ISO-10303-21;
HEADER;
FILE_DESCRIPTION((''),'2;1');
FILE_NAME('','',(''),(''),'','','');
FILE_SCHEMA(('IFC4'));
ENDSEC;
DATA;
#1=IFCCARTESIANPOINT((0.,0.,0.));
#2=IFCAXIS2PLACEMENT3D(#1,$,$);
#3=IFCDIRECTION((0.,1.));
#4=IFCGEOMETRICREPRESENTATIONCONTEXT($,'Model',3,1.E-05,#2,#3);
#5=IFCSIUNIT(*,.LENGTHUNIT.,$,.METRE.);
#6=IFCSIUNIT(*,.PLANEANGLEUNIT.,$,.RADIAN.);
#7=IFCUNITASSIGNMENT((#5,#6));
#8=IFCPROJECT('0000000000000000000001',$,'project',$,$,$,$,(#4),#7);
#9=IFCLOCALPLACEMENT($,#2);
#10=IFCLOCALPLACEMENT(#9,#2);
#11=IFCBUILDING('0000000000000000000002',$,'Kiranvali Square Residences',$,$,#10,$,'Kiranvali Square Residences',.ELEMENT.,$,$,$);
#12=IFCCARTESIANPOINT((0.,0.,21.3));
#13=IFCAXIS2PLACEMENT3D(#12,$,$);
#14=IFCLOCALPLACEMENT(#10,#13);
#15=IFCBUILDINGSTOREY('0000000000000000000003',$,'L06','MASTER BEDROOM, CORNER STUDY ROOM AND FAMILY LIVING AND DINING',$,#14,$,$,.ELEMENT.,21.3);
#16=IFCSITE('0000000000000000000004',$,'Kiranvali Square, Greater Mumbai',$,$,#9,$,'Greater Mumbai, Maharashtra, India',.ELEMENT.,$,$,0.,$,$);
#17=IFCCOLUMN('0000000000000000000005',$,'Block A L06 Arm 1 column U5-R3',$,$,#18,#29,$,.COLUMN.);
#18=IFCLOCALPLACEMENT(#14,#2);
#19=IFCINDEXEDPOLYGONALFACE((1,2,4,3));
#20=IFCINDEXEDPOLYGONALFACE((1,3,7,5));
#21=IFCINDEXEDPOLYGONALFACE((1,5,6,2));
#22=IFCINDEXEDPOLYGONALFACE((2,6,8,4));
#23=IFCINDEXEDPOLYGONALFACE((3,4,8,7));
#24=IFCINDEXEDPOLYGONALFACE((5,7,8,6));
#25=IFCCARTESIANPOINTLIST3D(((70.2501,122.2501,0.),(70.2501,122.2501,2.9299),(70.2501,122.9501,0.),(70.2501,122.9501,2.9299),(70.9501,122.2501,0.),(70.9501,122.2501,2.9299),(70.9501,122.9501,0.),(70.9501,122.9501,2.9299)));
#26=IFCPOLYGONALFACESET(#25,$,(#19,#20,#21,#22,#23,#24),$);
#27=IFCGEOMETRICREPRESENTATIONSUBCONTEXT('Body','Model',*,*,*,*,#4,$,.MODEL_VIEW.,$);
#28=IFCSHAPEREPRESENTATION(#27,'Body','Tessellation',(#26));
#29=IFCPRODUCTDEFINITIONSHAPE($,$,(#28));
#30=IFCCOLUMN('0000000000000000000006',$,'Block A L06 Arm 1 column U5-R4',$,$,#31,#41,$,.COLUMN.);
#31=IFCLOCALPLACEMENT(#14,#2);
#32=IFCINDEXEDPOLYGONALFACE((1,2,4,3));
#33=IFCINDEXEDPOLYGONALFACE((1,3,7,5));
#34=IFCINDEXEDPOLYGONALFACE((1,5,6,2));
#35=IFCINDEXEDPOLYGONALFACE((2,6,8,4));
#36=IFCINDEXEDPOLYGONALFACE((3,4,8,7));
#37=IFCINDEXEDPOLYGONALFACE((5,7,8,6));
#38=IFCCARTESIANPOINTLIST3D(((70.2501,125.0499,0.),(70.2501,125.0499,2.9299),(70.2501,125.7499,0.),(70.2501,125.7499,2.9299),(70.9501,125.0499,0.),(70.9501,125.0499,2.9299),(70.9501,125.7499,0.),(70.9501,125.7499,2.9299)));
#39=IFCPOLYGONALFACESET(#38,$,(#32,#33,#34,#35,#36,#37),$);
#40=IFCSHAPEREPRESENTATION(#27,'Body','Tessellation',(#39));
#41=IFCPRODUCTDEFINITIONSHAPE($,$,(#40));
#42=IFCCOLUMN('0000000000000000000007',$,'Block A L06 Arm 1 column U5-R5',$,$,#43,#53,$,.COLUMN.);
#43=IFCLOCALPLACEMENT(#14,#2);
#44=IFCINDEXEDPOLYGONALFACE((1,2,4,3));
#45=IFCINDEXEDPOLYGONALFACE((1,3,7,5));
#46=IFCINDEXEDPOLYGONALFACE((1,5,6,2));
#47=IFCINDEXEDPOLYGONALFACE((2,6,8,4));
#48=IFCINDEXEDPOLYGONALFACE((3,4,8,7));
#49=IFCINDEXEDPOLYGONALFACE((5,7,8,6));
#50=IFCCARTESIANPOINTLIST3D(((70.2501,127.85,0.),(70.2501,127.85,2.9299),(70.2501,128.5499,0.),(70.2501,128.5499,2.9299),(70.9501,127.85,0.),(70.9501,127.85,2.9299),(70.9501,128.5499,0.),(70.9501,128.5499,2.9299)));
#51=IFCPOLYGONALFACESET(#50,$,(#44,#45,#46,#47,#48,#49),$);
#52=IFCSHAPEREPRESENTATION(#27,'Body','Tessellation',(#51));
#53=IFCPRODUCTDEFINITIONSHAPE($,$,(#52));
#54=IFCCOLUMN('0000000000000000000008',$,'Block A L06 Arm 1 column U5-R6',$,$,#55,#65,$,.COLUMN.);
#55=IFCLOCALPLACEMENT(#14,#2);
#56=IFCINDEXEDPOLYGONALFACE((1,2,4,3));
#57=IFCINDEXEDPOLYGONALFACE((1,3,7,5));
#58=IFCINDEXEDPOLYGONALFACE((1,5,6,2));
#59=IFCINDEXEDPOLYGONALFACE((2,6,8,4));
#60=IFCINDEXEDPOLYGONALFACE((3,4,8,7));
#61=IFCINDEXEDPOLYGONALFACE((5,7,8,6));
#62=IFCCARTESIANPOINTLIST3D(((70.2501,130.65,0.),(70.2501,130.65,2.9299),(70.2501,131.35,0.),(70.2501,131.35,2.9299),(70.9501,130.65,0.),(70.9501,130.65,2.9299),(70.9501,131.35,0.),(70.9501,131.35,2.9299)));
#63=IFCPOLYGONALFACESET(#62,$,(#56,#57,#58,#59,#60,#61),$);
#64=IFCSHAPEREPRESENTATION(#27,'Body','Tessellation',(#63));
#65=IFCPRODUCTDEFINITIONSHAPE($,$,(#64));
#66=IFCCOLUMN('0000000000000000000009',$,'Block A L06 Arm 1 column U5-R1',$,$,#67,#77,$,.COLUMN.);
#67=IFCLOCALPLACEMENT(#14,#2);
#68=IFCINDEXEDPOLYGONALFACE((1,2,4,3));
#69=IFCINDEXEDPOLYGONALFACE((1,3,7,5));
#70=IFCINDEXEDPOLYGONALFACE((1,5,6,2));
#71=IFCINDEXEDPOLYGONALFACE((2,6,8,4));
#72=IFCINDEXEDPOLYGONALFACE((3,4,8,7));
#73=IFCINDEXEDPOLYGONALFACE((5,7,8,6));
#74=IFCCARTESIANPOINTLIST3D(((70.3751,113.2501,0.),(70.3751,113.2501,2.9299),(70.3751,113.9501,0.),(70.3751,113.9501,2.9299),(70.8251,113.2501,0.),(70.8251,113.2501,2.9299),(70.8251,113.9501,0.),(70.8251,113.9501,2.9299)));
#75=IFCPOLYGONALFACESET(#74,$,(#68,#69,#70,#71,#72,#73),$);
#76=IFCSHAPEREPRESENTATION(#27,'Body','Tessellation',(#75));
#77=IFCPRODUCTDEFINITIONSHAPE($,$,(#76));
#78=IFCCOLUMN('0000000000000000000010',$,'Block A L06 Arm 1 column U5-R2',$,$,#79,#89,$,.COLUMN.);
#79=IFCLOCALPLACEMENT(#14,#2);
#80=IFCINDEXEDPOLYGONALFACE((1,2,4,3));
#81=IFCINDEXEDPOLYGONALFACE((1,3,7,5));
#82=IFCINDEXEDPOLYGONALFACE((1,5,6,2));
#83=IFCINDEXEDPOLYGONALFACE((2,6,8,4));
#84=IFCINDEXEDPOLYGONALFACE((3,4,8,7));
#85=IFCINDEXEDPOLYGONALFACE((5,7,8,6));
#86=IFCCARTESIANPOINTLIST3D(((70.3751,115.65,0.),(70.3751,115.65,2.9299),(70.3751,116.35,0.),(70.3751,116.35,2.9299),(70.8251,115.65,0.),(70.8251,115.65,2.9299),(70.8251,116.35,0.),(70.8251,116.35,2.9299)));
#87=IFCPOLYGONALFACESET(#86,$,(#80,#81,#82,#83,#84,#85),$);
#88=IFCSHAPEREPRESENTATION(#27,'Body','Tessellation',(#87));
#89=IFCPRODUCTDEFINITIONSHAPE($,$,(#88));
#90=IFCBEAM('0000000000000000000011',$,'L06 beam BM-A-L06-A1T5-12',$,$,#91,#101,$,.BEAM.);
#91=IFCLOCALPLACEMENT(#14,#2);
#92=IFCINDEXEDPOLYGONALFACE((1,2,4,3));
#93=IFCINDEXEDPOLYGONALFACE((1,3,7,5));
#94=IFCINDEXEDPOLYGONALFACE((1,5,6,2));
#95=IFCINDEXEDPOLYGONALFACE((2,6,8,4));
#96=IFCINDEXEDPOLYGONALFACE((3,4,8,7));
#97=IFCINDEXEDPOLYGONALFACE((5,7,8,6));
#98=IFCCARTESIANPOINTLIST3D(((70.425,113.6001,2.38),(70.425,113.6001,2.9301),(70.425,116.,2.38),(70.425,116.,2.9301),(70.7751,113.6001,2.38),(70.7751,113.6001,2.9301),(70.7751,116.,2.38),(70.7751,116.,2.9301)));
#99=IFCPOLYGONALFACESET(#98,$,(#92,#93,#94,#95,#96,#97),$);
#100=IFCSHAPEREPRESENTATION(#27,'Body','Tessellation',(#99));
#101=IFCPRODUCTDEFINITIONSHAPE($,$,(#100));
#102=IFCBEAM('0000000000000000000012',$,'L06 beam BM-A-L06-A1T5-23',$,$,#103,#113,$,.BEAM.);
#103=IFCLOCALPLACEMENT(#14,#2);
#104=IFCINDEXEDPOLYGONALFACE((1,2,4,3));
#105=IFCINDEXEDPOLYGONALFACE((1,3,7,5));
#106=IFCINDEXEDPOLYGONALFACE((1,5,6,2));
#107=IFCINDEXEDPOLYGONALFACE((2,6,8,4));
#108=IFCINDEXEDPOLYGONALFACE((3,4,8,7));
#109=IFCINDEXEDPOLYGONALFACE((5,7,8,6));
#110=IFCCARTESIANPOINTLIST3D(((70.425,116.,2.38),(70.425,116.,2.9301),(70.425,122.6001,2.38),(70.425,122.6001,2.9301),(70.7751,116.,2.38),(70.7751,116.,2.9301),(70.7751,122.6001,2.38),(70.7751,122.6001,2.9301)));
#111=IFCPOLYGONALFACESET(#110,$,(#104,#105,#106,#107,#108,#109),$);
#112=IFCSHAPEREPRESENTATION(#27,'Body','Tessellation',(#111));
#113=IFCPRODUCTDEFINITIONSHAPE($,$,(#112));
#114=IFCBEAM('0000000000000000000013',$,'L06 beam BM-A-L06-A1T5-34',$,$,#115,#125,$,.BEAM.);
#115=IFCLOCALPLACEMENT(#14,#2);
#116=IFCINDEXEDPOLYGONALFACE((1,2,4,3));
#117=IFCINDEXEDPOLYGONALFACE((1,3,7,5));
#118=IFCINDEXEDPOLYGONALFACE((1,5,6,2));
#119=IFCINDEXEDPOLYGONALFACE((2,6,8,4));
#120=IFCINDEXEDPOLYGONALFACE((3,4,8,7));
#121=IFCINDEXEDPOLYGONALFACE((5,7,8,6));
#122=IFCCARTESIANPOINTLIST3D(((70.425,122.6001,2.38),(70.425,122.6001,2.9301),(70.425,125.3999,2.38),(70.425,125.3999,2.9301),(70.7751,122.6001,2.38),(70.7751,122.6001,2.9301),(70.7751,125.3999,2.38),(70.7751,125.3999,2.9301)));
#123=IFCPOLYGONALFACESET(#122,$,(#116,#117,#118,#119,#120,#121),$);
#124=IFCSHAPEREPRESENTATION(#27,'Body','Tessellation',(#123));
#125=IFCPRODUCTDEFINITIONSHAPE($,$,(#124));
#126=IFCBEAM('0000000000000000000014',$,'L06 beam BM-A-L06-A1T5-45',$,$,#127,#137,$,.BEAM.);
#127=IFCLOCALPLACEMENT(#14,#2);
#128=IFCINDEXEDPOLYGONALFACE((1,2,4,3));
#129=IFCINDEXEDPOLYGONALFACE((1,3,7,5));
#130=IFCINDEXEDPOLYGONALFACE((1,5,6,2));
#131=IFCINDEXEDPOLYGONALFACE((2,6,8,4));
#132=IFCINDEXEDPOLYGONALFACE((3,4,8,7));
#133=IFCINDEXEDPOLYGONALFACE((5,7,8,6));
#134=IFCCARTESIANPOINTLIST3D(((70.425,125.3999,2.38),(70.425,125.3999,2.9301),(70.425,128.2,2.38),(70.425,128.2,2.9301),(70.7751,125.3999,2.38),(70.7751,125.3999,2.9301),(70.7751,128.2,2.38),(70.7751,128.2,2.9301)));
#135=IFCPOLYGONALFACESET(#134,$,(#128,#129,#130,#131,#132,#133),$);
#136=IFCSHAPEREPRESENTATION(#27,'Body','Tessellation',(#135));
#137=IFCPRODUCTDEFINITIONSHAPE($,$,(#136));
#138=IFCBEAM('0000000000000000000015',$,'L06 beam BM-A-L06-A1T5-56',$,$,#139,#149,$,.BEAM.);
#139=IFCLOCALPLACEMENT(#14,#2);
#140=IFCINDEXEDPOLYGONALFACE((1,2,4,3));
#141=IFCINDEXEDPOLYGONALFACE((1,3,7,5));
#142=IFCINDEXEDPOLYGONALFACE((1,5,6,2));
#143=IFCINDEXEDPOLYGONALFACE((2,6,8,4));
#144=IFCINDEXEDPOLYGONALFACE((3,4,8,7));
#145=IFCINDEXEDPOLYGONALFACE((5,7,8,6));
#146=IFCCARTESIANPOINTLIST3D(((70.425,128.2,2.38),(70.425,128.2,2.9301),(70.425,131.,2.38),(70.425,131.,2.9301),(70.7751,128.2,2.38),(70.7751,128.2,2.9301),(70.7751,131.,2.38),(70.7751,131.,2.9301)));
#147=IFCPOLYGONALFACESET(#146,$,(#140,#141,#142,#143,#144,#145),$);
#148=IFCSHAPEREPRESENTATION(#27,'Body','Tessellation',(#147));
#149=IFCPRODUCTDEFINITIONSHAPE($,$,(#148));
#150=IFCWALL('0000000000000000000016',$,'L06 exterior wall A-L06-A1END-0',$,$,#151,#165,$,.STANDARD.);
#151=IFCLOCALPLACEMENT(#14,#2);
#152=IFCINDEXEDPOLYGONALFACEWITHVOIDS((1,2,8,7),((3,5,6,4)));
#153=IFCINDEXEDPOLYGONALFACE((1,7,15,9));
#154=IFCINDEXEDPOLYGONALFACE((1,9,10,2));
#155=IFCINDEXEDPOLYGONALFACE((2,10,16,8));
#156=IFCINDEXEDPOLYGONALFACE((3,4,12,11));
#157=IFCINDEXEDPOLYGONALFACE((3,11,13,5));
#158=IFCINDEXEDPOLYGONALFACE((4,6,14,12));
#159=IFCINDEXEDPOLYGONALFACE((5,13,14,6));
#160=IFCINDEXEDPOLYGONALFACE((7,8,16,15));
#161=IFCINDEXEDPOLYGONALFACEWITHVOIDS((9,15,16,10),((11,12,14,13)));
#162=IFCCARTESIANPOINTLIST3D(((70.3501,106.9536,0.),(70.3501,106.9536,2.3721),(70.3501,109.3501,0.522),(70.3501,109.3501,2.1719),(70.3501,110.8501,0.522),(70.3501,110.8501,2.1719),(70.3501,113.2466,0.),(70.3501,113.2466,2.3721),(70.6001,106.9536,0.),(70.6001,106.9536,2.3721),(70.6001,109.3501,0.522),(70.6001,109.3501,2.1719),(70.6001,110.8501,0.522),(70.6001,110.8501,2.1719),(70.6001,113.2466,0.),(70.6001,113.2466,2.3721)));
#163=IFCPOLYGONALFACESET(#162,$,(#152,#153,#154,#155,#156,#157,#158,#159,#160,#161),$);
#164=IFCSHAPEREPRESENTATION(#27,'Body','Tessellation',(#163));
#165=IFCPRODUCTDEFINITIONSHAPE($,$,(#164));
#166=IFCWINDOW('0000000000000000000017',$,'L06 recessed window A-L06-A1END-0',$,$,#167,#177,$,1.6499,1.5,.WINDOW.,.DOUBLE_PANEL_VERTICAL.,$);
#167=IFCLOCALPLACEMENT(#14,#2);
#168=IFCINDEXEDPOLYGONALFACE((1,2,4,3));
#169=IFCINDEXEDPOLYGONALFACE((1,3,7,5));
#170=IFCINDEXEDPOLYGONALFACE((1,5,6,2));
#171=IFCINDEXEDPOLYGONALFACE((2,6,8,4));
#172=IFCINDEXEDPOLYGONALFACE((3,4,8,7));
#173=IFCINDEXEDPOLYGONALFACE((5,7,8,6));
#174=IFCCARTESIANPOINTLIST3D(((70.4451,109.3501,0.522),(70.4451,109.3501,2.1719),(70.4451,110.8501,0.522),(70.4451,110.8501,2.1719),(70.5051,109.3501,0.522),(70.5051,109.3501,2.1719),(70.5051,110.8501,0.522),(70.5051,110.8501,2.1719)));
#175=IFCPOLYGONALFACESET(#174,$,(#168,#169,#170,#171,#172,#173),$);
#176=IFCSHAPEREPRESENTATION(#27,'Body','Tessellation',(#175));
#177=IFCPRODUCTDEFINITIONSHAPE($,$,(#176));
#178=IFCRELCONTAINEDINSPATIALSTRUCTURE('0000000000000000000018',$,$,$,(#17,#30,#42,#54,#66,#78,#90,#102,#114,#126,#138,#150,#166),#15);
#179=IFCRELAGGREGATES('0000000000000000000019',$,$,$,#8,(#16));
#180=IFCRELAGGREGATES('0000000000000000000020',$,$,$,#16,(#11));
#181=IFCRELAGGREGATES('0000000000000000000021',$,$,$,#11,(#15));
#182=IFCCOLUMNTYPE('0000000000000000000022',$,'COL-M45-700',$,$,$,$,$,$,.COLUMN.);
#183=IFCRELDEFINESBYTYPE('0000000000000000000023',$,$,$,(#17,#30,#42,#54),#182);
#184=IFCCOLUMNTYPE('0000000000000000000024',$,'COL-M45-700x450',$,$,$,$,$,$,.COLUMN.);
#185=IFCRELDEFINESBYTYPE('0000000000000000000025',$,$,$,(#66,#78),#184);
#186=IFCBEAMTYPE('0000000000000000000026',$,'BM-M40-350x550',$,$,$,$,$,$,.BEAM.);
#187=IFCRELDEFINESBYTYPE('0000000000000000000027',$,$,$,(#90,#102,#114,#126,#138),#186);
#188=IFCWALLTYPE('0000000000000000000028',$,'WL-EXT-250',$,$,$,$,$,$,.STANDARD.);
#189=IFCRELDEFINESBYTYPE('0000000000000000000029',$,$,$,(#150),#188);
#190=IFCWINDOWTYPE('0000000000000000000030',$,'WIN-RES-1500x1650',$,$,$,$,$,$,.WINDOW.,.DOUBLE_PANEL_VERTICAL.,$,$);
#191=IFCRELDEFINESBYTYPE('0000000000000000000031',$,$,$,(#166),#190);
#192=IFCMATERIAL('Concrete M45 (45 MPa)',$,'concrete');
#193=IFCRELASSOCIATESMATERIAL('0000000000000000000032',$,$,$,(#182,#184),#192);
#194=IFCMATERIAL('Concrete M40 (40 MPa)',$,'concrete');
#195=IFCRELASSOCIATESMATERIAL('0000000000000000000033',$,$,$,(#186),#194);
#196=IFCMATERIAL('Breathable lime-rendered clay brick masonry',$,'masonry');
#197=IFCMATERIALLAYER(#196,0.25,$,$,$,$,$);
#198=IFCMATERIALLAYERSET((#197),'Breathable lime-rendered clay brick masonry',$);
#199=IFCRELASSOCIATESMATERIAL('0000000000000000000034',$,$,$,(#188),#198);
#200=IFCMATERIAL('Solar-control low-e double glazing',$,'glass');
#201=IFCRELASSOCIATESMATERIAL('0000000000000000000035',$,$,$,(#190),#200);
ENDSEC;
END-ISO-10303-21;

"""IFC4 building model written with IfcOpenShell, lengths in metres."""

from ifc_helpers import new_model, si_unit, direction, frame, frame_2d, origin, origin_2d, place, context, subcontext, project, spatial, rectangle, extrude, material, layer, layer_set, material_profile, profile_set, type_object, element, fill, save


model = new_model("IFC4")

# Units and contexts
model_context = context("Model", 3, precision=1e-05, world=origin(), true_north=direction((0.0, 1.0)))
body_context = subcontext(model_context, "Body", "Model", "MODEL_VIEW")
ifc_project = project(units=[si_unit("LENGTHUNIT", "METRE"), si_unit("PLANEANGLEUNIT", "RADIAN")], contexts=[model_context])

# Site, building, storey
site_placement = place(None, origin())
site = spatial("IfcSite", under=ifc_project, at=site_placement, Name="Kiranvali Square, Greater Mumbai", LongName="Greater Mumbai, Maharashtra, India", CompositionType="ELEMENT", RefElevation=0.0)
building_placement = place(site_placement, origin())
building = spatial("IfcBuilding", under=site, at=building_placement, Name="Kiranvali Square Residences", LongName="Kiranvali Square Residences", CompositionType="ELEMENT")
storey_placement = place(building_placement, frame((0.0, 0.0, 21.3)))
storey = spatial("IfcBuildingStorey", under=building, at=storey_placement, Name="L06", Description="MASTER BEDROOM, CORNER STUDY ROOM AND FAMILY LIVING AND DINING", CompositionType="ELEMENT", Elevation=21.3)

# Columns
ifc_material_1 = material(Name="Concrete M45 (45 MPa)", Category="concrete")
ifc_material_profile_1 = material_profile(ifc_material_1, rectangle(XDim=0.7, YDim=0.7, at=origin_2d()), Name="RC 700x700")
ifc_profile_set_1 = profile_set([ifc_material_profile_1], Name="Concrete M45 (45 MPa)")
column_type_1 = type_object("IfcColumnType", Name="COL-M45-700", PredefinedType="COLUMN", material=ifc_profile_set_1)
for number, where, z_axis, x_axis, name in (
    (1, (70.6001, 122.6001, 0.0), (0.0, 0.0, 1.0), (1.0, 0.0, 0.0), "Block A L06 Arm 1 column U5-R3"),
    (2, (70.6001, 125.3999, 0.0), (0.0, 0.0, 1.0), (1.0, 0.0, 0.0), "Block A L06 Arm 1 column U5-R4"),
    (3, (70.6001, 128.2, 0.0), (0.0, 0.0, 1.0), (1.0, 0.0, 0.0), "Block A L06 Arm 1 column U5-R5"),
    (4, (70.6001, 131.0, 0.0), (0.0, 0.0, 1.0), (1.0, 0.0, 0.0), "Block A L06 Arm 1 column U5-R6"),
):
    element("IfcColumn", number, at=place(storey_placement, frame(where, z_axis=z_axis, x_axis=x_axis)), inside=storey, type_object=column_type_1, Name=name, PredefinedType="COLUMN", context=body_context, shape_type="SweptSolid", body=[
        extrude(rectangle(XDim=0.7, YDim=0.7, at=origin_2d()), origin(), (0.0, 0.0, 1.0), 2.9299),
    ])
ifc_material_profile_2 = material_profile(ifc_material_1, rectangle(XDim=0.45, YDim=0.7, at=origin_2d()), Name="RC 700x450")
ifc_profile_set_2 = profile_set([ifc_material_profile_2], Name="Concrete M45 (45 MPa)")
column_type_2 = type_object("IfcColumnType", Name="COL-M45-700x450", PredefinedType="COLUMN", material=ifc_profile_set_2)
for number, where, z_axis, x_axis, name in (
    (5, (70.6001, 113.6001, 0.0), (0.0, 0.0, 1.0), (1.0, 0.0, 0.0), "Block A L06 Arm 1 column U5-R1"),
    (6, (70.6001, 116.0, 0.0), (0.0, 0.0, 1.0), (1.0, 0.0, 0.0), "Block A L06 Arm 1 column U5-R2"),
):
    element("IfcColumn", number, at=place(storey_placement, frame(where, z_axis=z_axis, x_axis=x_axis)), inside=storey, type_object=column_type_2, Name=name, PredefinedType="COLUMN", context=body_context, shape_type="SweptSolid", body=[
        extrude(rectangle(XDim=0.45, YDim=0.7, at=origin_2d()), origin(), (0.0, 0.0, 1.0), 2.9299),
    ])

# Beams
ifc_material_2 = material(Name="Concrete M40 (40 MPa)", Category="concrete")
ifc_material_profile_3 = material_profile(ifc_material_2, rectangle(XDim=0.3501, YDim=0.55, at=origin_2d()), Name="RC 350x550")
ifc_profile_set_3 = profile_set([ifc_material_profile_3], Name="Concrete M40 (40 MPa)")
beam_type = type_object("IfcBeamType", Name="BM-M40-350x550", PredefinedType="BEAM", material=ifc_profile_set_3)
beam_1_placement = place(storey_placement, frame((70.6001, 113.6001, 2.655), z_axis=(0.0, 1.0, 0.0), x_axis=(-1.0, 0.0, 0.0)))
element("IfcBeam", 7, at=beam_1_placement, inside=storey, type_object=beam_type, Name="L06 beam BM-A-L06-A1T5-12", PredefinedType="BEAM", context=body_context, shape_type="SweptSolid", body=[
    extrude(rectangle(XDim=0.3501, YDim=0.55, at=origin_2d()), origin(), (0.0, 0.0, 1.0), 2.3999),
])
beam_2_placement = place(storey_placement, frame((70.6001, 116.0, 2.655), z_axis=(0.0, 1.0, 0.0), x_axis=(-1.0, 0.0, 0.0)))
element("IfcBeam", 8, at=beam_2_placement, inside=storey, type_object=beam_type, Name="L06 beam BM-A-L06-A1T5-23", PredefinedType="BEAM", context=body_context, shape_type="SweptSolid", body=[
    extrude(rectangle(XDim=0.3501, YDim=0.55, at=origin_2d()), origin(), (0.0, 0.0, 1.0), 6.6001),
])
beam_3_placement = place(storey_placement, frame((70.6001, 122.6001, 2.655), z_axis=(0.0, 1.0, 0.0), x_axis=(-1.0, 0.0, 0.0)))
element("IfcBeam", 9, at=beam_3_placement, inside=storey, type_object=beam_type, Name="L06 beam BM-A-L06-A1T5-34", PredefinedType="BEAM", context=body_context, shape_type="SweptSolid", body=[
    extrude(rectangle(XDim=0.3501, YDim=0.55, at=origin_2d()), origin(), (0.0, 0.0, 1.0), 2.7998),
])
for number, where, z_axis, x_axis, name in (
    (10, (70.6001, 125.3999, 2.655), (0.0, 1.0, 0.0), (-1.0, 0.0, 0.0), "L06 beam BM-A-L06-A1T5-45"),
    (11, (70.6001, 128.2, 2.655), (0.0, 1.0, 0.0), (-1.0, 0.0, 0.0), "L06 beam BM-A-L06-A1T5-56"),
):
    element("IfcBeam", number, at=place(storey_placement, frame(where, z_axis=z_axis, x_axis=x_axis)), inside=storey, type_object=beam_type, Name=name, PredefinedType="BEAM", context=body_context, shape_type="SweptSolid", body=[
        extrude(rectangle(XDim=0.3501, YDim=0.55, at=origin_2d()), origin(), (0.0, 0.0, 1.0), 2.8),
    ])

# Wall, opening, window
ifc_material_3 = material(Name="Breathable lime-rendered clay brick masonry", Category="masonry")
ifc_layer = layer(ifc_material_3, 0.25)
ifc_layer_set = layer_set([ifc_layer], Name="Breathable lime-rendered clay brick masonry")
wall_type = type_object("IfcWallType", Name="WL-EXT-250", PredefinedType="STANDARD", material=ifc_layer_set)
wall_1_placement = place(storey_placement, frame((70.4751, 106.9536, 0.0), z_axis=(0.0, 0.0, 1.0), x_axis=(0.0, 1.0, 0.0)))
wall_1 = element("IfcWall", 12, at=wall_1_placement, inside=storey, type_object=wall_type, Name="L06 exterior wall A-L06-A1END-0", PredefinedType="STANDARD", context=body_context, shape_type="SweptSolid", body=[
    extrude(rectangle(XDim=6.293, YDim=0.25, at=frame_2d((3.1465, 0.0))), origin(), (0.0, 0.0, 1.0), 2.3721),
])
opening_1_placement = place(wall_1_placement, frame((2.3965, 0.0, 0.522)))
opening_1 = element("IfcOpeningElement", 13, at=opening_1_placement, cuts=wall_1, PredefinedType="OPENING", context=body_context, shape_type="SweptSolid", body=[
    extrude(rectangle(XDim=1.5, YDim=1.6499, at=frame_2d((0.75, 0.825))), frame((0.0, 0.135, 0.0), z_axis=(0.0, -1.0, 0.0), x_axis=(1.0, 0.0, 0.0)), (0.0, 0.0, 1.0), 0.27),
])
ifc_material_4 = material(Name="Solar-control low-e double glazing", Category="glass")
window_type_1 = type_object("IfcWindowType", Name="WIN-RES-1500x1650", PartitioningType="DOUBLE_PANEL_VERTICAL", PredefinedType="WINDOW", material=ifc_material_4)
window_1_placement = place(opening_1_placement, origin())
window_1 = element("IfcWindow", 14, at=window_1_placement, inside=storey, type_object=window_type_1, Name="L06 recessed window A-L06-A1END-0", OverallHeight=1.6499, OverallWidth=1.5, PartitioningType="DOUBLE_PANEL_VERTICAL", PredefinedType="WINDOW", context=body_context, shape_type="SweptSolid", body=[
    extrude(rectangle(XDim=1.5, YDim=1.6499, at=frame_2d((0.75, 0.825))), frame((0.0, 0.03, 0.0), z_axis=(0.0, -1.0, 0.0), x_axis=(1.0, 0.0, 0.0)), (0.0, 0.0, 1.0), 0.0601),
])
fill(opening_1, window_1)

save(model, "model.ifc")
